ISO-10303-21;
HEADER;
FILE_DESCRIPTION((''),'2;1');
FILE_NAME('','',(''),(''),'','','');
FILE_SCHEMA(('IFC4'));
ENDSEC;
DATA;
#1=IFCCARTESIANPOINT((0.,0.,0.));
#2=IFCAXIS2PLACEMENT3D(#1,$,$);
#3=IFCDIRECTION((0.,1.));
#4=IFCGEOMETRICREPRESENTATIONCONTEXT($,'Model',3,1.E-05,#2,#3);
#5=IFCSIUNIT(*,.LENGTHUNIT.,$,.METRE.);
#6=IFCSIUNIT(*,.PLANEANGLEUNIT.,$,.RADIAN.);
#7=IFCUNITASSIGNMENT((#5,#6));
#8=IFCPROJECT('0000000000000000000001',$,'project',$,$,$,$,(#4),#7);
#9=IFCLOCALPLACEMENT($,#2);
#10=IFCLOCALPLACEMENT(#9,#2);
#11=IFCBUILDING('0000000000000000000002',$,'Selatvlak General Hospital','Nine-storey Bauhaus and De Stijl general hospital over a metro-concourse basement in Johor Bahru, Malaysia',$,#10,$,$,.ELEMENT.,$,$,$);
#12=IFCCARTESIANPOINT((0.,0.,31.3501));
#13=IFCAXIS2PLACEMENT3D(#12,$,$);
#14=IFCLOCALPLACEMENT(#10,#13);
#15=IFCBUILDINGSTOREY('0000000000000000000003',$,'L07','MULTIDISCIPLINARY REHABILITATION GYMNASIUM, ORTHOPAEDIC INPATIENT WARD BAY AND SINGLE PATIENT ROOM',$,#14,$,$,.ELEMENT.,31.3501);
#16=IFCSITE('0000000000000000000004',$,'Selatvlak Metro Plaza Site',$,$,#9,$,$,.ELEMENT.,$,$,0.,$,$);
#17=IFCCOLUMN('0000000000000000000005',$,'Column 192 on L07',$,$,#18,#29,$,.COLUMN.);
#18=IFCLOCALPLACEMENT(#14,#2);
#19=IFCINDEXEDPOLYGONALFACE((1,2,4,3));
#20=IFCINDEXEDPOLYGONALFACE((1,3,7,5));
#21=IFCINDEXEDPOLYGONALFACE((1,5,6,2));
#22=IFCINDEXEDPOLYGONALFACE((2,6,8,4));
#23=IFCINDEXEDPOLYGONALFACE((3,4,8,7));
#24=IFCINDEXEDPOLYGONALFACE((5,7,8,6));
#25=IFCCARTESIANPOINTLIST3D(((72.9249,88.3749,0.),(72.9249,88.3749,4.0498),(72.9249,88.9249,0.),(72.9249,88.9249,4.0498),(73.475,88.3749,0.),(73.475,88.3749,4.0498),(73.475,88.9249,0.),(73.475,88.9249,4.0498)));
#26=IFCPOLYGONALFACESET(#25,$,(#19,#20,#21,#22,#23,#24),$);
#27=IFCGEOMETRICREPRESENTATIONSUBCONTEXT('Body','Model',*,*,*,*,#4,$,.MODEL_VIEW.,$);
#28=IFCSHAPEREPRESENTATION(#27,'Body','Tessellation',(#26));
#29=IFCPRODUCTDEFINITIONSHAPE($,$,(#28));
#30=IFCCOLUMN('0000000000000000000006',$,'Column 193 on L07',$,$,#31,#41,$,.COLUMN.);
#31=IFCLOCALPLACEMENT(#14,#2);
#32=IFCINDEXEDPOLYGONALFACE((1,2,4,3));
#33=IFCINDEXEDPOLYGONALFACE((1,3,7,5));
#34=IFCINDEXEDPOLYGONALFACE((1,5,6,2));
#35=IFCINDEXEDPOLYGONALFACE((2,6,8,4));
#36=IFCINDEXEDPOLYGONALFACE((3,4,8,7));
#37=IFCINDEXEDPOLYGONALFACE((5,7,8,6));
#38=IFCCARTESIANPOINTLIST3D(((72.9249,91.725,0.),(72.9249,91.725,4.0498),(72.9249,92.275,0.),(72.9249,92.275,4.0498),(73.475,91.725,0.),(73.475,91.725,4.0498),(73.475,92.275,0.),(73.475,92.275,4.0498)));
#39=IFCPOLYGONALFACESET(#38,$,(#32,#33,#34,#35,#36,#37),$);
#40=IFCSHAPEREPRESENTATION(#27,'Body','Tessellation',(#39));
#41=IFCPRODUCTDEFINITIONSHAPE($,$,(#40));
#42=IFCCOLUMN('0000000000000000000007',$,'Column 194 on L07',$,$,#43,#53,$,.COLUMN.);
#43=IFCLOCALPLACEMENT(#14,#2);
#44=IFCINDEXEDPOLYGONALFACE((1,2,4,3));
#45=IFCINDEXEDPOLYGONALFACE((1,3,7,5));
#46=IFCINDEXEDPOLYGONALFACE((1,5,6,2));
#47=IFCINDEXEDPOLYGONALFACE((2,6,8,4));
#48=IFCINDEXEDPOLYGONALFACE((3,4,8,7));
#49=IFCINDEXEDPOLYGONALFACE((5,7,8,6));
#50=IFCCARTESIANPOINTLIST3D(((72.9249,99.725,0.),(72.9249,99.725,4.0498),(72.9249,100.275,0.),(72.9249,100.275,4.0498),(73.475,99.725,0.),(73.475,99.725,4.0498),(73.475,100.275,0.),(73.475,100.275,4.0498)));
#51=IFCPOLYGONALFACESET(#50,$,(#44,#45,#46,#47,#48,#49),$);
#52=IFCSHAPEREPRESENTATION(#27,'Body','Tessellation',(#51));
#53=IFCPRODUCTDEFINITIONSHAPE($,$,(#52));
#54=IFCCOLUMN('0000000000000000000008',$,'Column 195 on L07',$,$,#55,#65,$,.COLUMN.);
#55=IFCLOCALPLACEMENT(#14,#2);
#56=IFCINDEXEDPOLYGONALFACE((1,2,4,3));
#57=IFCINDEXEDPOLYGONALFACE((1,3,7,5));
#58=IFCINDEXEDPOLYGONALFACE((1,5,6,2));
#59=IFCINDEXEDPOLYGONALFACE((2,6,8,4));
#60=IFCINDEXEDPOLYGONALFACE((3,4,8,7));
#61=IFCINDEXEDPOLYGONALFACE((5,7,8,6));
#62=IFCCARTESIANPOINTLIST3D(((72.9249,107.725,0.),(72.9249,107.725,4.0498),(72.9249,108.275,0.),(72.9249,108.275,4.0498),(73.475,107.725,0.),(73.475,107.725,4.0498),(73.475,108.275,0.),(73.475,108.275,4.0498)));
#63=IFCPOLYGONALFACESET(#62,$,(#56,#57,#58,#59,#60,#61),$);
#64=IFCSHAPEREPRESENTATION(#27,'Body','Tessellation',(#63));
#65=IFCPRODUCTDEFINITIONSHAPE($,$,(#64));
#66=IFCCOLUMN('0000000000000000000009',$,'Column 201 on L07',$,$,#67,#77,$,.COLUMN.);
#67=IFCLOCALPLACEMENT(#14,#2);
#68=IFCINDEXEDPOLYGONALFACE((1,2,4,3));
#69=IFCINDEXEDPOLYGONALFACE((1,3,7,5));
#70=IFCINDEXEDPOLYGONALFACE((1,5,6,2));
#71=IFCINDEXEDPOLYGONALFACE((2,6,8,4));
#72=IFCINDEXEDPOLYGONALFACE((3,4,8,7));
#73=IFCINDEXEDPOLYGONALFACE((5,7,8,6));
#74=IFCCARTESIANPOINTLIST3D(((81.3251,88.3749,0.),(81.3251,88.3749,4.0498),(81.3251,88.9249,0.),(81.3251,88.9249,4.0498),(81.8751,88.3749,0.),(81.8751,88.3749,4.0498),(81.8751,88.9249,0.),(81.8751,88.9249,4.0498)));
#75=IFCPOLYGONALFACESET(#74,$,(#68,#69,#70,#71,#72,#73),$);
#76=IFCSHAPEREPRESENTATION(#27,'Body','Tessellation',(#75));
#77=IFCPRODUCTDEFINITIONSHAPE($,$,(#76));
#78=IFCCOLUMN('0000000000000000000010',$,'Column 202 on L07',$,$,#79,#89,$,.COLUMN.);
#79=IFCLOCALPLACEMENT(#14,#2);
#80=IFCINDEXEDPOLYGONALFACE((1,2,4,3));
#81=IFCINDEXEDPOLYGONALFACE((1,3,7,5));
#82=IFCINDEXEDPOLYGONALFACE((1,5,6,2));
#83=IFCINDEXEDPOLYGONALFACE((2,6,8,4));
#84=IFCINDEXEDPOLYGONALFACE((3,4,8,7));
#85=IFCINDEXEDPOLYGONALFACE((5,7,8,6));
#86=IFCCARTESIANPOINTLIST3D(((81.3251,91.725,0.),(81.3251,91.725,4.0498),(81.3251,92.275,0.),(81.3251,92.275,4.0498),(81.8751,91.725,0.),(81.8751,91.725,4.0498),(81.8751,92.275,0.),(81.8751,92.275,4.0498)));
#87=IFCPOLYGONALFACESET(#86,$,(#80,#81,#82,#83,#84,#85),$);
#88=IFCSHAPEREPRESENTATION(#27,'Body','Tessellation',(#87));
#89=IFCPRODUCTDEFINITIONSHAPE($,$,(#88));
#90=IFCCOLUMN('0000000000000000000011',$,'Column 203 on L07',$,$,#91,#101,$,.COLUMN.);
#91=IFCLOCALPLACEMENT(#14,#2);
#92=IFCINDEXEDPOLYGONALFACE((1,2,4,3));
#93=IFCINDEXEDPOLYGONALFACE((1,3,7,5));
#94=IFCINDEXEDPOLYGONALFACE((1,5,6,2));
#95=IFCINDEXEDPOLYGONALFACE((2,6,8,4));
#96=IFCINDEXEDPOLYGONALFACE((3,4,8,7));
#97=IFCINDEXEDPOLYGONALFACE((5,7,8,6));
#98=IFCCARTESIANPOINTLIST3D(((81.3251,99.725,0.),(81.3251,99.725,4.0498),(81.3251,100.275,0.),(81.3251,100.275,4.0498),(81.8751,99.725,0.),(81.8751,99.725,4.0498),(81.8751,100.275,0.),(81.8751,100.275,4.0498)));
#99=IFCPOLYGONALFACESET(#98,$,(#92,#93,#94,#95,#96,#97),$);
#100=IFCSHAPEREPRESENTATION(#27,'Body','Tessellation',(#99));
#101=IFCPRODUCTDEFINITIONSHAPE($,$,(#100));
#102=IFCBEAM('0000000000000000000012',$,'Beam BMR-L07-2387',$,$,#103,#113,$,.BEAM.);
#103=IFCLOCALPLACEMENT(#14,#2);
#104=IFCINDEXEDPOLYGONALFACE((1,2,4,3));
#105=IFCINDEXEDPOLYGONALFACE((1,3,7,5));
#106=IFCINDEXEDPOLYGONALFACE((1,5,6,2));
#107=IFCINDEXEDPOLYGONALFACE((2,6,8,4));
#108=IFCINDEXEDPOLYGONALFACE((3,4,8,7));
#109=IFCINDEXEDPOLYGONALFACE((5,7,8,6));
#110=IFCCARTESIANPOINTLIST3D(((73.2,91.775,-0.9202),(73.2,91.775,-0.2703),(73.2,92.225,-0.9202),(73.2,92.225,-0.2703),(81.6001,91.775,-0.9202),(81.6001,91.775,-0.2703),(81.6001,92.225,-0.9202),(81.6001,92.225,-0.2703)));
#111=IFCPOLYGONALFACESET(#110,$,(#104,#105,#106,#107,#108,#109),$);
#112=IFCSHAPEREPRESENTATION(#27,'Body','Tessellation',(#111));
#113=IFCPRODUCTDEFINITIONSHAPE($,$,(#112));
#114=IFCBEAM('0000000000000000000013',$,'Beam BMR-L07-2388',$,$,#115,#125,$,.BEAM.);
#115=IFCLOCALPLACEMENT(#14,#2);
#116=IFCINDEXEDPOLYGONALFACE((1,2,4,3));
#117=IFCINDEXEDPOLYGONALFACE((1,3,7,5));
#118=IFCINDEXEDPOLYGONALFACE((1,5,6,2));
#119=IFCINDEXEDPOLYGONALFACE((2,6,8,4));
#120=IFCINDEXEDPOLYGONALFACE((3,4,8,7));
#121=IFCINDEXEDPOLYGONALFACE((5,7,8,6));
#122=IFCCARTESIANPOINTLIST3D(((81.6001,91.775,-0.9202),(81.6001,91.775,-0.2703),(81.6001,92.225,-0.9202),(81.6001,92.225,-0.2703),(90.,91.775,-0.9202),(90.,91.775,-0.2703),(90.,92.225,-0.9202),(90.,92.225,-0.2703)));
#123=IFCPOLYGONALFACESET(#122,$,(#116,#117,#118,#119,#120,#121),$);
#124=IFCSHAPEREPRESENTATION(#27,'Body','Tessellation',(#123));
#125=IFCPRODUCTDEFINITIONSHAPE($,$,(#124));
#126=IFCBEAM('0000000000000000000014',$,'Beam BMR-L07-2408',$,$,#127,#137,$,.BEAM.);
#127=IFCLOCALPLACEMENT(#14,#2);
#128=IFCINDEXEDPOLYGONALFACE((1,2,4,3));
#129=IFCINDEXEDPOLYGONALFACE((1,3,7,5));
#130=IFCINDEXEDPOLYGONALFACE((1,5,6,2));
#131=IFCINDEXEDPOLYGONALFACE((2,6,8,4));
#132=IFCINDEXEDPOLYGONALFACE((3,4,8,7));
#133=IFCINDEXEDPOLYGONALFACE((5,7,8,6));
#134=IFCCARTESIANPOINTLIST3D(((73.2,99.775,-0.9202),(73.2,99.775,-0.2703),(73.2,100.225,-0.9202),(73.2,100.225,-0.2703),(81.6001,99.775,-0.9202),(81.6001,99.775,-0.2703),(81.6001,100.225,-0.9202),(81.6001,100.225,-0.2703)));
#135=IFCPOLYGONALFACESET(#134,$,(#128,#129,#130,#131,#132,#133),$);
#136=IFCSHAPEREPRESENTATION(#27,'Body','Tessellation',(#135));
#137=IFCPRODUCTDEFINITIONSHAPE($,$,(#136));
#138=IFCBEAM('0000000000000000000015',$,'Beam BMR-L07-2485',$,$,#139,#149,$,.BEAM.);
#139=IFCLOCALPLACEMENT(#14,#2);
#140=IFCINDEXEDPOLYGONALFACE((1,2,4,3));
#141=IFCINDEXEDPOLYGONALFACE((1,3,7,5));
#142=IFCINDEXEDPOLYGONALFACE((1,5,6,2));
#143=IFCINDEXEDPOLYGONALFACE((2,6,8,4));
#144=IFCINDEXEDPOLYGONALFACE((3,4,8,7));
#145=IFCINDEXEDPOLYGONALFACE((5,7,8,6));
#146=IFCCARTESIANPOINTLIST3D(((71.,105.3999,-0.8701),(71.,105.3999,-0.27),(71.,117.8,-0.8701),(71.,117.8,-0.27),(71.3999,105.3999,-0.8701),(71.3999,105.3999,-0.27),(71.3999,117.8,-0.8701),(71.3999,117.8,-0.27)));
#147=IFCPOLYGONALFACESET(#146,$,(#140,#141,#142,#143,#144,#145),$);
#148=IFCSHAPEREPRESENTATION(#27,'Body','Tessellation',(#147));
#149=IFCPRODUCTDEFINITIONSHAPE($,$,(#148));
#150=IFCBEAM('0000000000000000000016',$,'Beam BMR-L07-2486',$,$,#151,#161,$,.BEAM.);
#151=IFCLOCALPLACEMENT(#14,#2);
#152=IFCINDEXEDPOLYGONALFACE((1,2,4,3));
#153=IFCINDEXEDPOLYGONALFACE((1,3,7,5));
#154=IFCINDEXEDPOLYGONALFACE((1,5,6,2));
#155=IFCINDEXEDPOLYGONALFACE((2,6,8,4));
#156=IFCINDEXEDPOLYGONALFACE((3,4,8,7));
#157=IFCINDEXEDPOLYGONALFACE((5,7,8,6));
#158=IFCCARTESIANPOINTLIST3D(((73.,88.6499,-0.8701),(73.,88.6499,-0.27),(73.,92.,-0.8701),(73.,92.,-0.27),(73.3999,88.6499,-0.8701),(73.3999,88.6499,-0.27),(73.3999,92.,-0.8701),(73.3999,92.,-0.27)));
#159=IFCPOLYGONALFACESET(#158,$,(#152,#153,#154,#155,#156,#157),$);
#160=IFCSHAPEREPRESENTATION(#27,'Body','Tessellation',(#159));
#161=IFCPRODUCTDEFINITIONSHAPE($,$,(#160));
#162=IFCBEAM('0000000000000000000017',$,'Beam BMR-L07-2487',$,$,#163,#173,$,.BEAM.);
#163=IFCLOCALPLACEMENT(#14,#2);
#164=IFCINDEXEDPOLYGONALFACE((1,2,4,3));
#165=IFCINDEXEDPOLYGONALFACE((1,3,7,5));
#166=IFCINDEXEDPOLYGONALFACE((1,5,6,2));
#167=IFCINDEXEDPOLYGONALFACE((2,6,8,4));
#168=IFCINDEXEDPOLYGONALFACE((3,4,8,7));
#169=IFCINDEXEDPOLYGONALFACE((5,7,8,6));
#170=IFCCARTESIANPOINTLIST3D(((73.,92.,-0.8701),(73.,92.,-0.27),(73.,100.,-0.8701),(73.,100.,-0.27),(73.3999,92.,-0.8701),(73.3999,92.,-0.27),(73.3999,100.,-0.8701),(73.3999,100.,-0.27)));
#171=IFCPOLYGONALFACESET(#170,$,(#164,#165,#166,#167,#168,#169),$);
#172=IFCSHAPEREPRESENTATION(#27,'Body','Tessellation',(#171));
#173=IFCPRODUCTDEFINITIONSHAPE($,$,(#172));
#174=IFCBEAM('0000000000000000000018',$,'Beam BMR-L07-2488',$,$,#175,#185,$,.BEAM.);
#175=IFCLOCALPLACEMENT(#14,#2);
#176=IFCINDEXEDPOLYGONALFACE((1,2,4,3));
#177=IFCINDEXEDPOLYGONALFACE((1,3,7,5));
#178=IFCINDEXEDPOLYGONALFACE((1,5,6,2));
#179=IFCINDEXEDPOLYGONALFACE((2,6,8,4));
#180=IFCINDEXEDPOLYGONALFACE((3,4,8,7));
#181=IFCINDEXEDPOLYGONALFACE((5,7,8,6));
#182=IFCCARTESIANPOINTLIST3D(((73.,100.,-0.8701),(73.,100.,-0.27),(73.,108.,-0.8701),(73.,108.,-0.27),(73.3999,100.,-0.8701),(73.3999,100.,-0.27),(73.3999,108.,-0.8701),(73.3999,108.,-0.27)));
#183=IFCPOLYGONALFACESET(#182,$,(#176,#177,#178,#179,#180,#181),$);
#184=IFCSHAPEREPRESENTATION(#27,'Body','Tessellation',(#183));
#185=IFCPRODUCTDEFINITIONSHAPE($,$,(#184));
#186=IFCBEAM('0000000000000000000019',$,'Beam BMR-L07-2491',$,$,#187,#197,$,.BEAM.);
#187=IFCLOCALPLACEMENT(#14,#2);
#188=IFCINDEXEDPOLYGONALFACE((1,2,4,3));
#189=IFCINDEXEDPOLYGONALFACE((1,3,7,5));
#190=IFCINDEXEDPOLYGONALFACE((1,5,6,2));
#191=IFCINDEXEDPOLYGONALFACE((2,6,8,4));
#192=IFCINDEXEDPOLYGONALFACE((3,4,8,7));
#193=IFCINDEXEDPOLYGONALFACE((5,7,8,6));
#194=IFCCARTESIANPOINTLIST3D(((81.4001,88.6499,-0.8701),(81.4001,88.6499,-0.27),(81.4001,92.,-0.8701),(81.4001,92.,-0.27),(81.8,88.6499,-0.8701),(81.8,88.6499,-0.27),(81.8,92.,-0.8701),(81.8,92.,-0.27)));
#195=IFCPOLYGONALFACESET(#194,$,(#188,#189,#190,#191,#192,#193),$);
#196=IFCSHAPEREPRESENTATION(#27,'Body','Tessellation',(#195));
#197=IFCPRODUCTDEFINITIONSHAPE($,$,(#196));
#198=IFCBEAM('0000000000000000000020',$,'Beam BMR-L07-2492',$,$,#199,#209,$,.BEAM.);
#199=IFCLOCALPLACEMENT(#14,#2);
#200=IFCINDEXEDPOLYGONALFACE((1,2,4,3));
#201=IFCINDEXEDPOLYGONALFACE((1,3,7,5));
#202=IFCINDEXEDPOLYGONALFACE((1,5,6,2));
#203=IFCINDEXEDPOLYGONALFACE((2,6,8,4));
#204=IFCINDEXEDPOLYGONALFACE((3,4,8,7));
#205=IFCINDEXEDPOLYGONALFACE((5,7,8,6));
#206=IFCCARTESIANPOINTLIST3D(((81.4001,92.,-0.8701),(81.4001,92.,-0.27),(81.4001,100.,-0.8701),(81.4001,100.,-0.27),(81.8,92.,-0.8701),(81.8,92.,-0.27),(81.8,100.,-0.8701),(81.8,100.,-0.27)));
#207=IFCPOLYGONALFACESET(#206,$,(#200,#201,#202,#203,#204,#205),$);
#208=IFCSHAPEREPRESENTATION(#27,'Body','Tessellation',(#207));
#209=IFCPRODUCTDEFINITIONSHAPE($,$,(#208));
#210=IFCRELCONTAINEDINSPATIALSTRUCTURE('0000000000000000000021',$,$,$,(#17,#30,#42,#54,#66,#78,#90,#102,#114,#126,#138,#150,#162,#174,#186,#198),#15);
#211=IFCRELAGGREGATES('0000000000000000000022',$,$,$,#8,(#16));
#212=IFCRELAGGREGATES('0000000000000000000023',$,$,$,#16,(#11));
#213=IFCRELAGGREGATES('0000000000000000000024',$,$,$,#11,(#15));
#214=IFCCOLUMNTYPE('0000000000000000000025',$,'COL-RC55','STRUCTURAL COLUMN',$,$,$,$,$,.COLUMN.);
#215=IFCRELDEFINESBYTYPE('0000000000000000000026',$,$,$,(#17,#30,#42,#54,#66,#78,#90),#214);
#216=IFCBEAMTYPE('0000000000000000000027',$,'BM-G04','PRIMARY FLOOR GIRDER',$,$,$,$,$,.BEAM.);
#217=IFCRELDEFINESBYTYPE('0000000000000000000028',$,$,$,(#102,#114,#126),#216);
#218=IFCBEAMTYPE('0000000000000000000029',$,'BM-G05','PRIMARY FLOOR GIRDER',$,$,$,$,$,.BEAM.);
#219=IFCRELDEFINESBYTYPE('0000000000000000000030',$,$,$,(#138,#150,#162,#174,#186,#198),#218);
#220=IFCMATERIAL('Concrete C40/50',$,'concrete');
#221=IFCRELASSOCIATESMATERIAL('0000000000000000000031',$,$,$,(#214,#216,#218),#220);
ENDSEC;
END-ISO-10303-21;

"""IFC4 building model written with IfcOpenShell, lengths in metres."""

from ifc_helpers import new_model, si_unit, direction, frame, origin, origin_2d, place, context, subcontext, project, spatial, rectangle, extrude, material, material_profile, profile_set, type_object, element, save


model = new_model("IFC4")

# Units and contexts
model_context = context("Model", 3, precision=1e-05, world=origin(), true_north=direction((0.0, 1.0)))
body_context = subcontext(model_context, "Body", "Model", "MODEL_VIEW")
ifc_project = project(units=[si_unit("LENGTHUNIT", "METRE"), si_unit("PLANEANGLEUNIT", "RADIAN")], contexts=[model_context])

# Site, building, storey
site_placement = place(None, origin())
site = spatial("IfcSite", under=ifc_project, at=site_placement, Name="Selatvlak Metro Plaza Site", CompositionType="ELEMENT", RefElevation=0.0)
building_placement = place(site_placement, origin())
building = spatial("IfcBuilding", under=site, at=building_placement, Name="Selatvlak General Hospital", Description="Nine-storey Bauhaus and De Stijl general hospital over a metro-concourse basement in Johor Bahru, Malaysia", CompositionType="ELEMENT")
storey_placement = place(building_placement, frame((0.0, 0.0, 31.3501)))
storey = spatial("IfcBuildingStorey", under=building, at=storey_placement, Name="L07", Description="MULTIDISCIPLINARY REHABILITATION GYMNASIUM, ORTHOPAEDIC INPATIENT WARD BAY AND SINGLE PATIENT ROOM", CompositionType="ELEMENT", Elevation=31.3501)

# Columns
ifc_material_1 = material(Name="Concrete C40/50", Category="concrete")
ifc_material_profile_1 = material_profile(ifc_material_1, rectangle(XDim=0.55, YDim=0.55, at=origin_2d()), Name="RC-COL 550x550")
ifc_profile_set_1 = profile_set([ifc_material_profile_1], Name="Concrete C40/50")
column_type = type_object("IfcColumnType", Name="COL-RC55", Description="STRUCTURAL COLUMN", PredefinedType="COLUMN", material=ifc_profile_set_1)
for number, where, z_axis, x_axis, name in (
    (1, (73.2, 88.6499, 0.0), (0.0, 0.0, 1.0), (1.0, 0.0, 0.0), "Column 192 on L07"),
    (2, (73.2, 92.0, 0.0), (0.0, 0.0, 1.0), (1.0, 0.0, 0.0), "Column 193 on L07"),
    (3, (73.2, 100.0, 0.0), (0.0, 0.0, 1.0), (1.0, 0.0, 0.0), "Column 194 on L07"),
    (4, (73.2, 108.0, 0.0), (0.0, 0.0, 1.0), (1.0, 0.0, 0.0), "Column 195 on L07"),
    (5, (81.6001, 88.6499, 0.0), (0.0, 0.0, 1.0), (1.0, 0.0, 0.0), "Column 201 on L07"),
    (6, (81.6001, 92.0, 0.0), (0.0, 0.0, 1.0), (1.0, 0.0, 0.0), "Column 202 on L07"),
    (7, (81.6001, 100.0, 0.0), (0.0, 0.0, 1.0), (1.0, 0.0, 0.0), "Column 203 on L07"),
):
    element("IfcColumn", number, at=place(storey_placement, frame(where, z_axis=z_axis, x_axis=x_axis)), inside=storey, type_object=column_type, Name=name, PredefinedType="COLUMN", context=body_context, shape_type="SweptSolid", body=[
        extrude(rectangle(XDim=0.55, YDim=0.55, at=origin_2d()), origin(), (0.0, 0.0, 1.0), 4.0498),
    ])

# Beams
ifc_material_profile_2 = material_profile(ifc_material_1, rectangle(XDim=0.45, YDim=0.6499, at=origin_2d()), Name="RC-BM 450x650")
ifc_profile_set_2 = profile_set([ifc_material_profile_2], Name="Concrete C40/50")
beam_type_1 = type_object("IfcBeamType", Name="BM-G04", Description="PRIMARY FLOOR GIRDER", PredefinedType="BEAM", material=ifc_profile_set_2)
beam_1_placement = place(storey_placement, frame((73.2, 92.0, -0.5952), z_axis=(1.0, 0.0, 0.0), x_axis=(0.0, 1.0, 0.0)))
element("IfcBeam", 8, at=beam_1_placement, inside=storey, type_object=beam_type_1, Name="Beam BMR-L07-2387", PredefinedType="BEAM", context=body_context, shape_type="SweptSolid", body=[
    extrude(rectangle(XDim=0.45, YDim=0.6499, at=origin_2d()), origin(), (0.0, 0.0, 1.0), 8.4001),
])
beam_2_placement = place(storey_placement, frame((81.6001, 92.0, -0.5952), z_axis=(1.0, 0.0, 0.0), x_axis=(0.0, 1.0, 0.0)))
element("IfcBeam", 9, at=beam_2_placement, inside=storey, type_object=beam_type_1, Name="Beam BMR-L07-2388", PredefinedType="BEAM", context=body_context, shape_type="SweptSolid", body=[
    extrude(rectangle(XDim=0.45, YDim=0.6499, at=origin_2d()), origin(), (0.0, 0.0, 1.0), 8.3999),
])
beam_3_placement = place(storey_placement, frame((73.2, 100.0, -0.5952), z_axis=(1.0, 0.0, 0.0), x_axis=(0.0, 1.0, 0.0)))
element("IfcBeam", 10, at=beam_3_placement, inside=storey, type_object=beam_type_1, Name="Beam BMR-L07-2408", PredefinedType="BEAM", context=body_context, shape_type="SweptSolid", body=[
    extrude(rectangle(XDim=0.45, YDim=0.6499, at=origin_2d()), origin(), (0.0, 0.0, 1.0), 8.4001),
])
ifc_material_profile_3 = material_profile(ifc_material_1, rectangle(XDim=0.3999, YDim=0.6001, at=origin_2d()), Name="RC-BM 400x600")
ifc_profile_set_3 = profile_set([ifc_material_profile_3], Name="Concrete C40/50")
beam_type_2 = type_object("IfcBeamType", Name="BM-G05", Description="PRIMARY FLOOR GIRDER", PredefinedType="BEAM", material=ifc_profile_set_3)
beam_4_placement = place(storey_placement, frame((71.2, 105.3999, -0.5701), z_axis=(0.0, 1.0, 0.0), x_axis=(-1.0, 0.0, 0.0)))
element("IfcBeam", 11, at=beam_4_placement, inside=storey, type_object=beam_type_2, Name="Beam BMR-L07-2485", PredefinedType="BEAM", context=body_context, shape_type="SweptSolid", body=[
    extrude(rectangle(XDim=0.3999, YDim=0.6001, at=origin_2d()), origin(), (0.0, 0.0, 1.0), 12.4001),
])
beam_5_placement = place(storey_placement, frame((73.2, 88.6499, -0.5701), z_axis=(0.0, 1.0, 0.0), x_axis=(-1.0, 0.0, 0.0)))
element("IfcBeam", 12, at=beam_5_placement, inside=storey, type_object=beam_type_2, Name="Beam BMR-L07-2486", PredefinedType="BEAM", context=body_context, shape_type="SweptSolid", body=[
    extrude(rectangle(XDim=0.3999, YDim=0.6001, at=origin_2d()), origin(), (0.0, 0.0, 1.0), 3.3501),
])
for number, where, z_axis, x_axis, name in (
    (13, (73.2, 92.0, -0.5701), (0.0, 1.0, 0.0), (-1.0, 0.0, 0.0), "Beam BMR-L07-2487"),
    (14, (73.2, 100.0, -0.5701), (0.0, 1.0, 0.0), (-1.0, 0.0, 0.0), "Beam BMR-L07-2488"),
):
    element("IfcBeam", number, at=place(storey_placement, frame(where, z_axis=z_axis, x_axis=x_axis)), inside=storey, type_object=beam_type_2, Name=name, PredefinedType="BEAM", context=body_context, shape_type="SweptSolid", body=[
        extrude(rectangle(XDim=0.3999, YDim=0.6001, at=origin_2d()), origin(), (0.0, 0.0, 1.0), 8.0),
    ])
beam_6_placement = place(storey_placement, frame((81.6001, 88.6499, -0.5701), z_axis=(0.0, 1.0, 0.0), x_axis=(-1.0, 0.0, 0.0)))
element("IfcBeam", 15, at=beam_6_placement, inside=storey, type_object=beam_type_2, Name="Beam BMR-L07-2491", PredefinedType="BEAM", context=body_context, shape_type="SweptSolid", body=[
    extrude(rectangle(XDim=0.3999, YDim=0.6001, at=origin_2d()), origin(), (0.0, 0.0, 1.0), 3.3501),
])
beam_7_placement = place(storey_placement, frame((81.6001, 92.0, -0.5701), z_axis=(0.0, 1.0, 0.0), x_axis=(-1.0, 0.0, 0.0)))
element("IfcBeam", 16, at=beam_7_placement, inside=storey, type_object=beam_type_2, Name="Beam BMR-L07-2492", PredefinedType="BEAM", context=body_context, shape_type="SweptSolid", body=[
    extrude(rectangle(XDim=0.3999, YDim=0.6001, at=origin_2d()), origin(), (0.0, 0.0, 1.0), 8.0),
])

save(model, "model.ifc")
